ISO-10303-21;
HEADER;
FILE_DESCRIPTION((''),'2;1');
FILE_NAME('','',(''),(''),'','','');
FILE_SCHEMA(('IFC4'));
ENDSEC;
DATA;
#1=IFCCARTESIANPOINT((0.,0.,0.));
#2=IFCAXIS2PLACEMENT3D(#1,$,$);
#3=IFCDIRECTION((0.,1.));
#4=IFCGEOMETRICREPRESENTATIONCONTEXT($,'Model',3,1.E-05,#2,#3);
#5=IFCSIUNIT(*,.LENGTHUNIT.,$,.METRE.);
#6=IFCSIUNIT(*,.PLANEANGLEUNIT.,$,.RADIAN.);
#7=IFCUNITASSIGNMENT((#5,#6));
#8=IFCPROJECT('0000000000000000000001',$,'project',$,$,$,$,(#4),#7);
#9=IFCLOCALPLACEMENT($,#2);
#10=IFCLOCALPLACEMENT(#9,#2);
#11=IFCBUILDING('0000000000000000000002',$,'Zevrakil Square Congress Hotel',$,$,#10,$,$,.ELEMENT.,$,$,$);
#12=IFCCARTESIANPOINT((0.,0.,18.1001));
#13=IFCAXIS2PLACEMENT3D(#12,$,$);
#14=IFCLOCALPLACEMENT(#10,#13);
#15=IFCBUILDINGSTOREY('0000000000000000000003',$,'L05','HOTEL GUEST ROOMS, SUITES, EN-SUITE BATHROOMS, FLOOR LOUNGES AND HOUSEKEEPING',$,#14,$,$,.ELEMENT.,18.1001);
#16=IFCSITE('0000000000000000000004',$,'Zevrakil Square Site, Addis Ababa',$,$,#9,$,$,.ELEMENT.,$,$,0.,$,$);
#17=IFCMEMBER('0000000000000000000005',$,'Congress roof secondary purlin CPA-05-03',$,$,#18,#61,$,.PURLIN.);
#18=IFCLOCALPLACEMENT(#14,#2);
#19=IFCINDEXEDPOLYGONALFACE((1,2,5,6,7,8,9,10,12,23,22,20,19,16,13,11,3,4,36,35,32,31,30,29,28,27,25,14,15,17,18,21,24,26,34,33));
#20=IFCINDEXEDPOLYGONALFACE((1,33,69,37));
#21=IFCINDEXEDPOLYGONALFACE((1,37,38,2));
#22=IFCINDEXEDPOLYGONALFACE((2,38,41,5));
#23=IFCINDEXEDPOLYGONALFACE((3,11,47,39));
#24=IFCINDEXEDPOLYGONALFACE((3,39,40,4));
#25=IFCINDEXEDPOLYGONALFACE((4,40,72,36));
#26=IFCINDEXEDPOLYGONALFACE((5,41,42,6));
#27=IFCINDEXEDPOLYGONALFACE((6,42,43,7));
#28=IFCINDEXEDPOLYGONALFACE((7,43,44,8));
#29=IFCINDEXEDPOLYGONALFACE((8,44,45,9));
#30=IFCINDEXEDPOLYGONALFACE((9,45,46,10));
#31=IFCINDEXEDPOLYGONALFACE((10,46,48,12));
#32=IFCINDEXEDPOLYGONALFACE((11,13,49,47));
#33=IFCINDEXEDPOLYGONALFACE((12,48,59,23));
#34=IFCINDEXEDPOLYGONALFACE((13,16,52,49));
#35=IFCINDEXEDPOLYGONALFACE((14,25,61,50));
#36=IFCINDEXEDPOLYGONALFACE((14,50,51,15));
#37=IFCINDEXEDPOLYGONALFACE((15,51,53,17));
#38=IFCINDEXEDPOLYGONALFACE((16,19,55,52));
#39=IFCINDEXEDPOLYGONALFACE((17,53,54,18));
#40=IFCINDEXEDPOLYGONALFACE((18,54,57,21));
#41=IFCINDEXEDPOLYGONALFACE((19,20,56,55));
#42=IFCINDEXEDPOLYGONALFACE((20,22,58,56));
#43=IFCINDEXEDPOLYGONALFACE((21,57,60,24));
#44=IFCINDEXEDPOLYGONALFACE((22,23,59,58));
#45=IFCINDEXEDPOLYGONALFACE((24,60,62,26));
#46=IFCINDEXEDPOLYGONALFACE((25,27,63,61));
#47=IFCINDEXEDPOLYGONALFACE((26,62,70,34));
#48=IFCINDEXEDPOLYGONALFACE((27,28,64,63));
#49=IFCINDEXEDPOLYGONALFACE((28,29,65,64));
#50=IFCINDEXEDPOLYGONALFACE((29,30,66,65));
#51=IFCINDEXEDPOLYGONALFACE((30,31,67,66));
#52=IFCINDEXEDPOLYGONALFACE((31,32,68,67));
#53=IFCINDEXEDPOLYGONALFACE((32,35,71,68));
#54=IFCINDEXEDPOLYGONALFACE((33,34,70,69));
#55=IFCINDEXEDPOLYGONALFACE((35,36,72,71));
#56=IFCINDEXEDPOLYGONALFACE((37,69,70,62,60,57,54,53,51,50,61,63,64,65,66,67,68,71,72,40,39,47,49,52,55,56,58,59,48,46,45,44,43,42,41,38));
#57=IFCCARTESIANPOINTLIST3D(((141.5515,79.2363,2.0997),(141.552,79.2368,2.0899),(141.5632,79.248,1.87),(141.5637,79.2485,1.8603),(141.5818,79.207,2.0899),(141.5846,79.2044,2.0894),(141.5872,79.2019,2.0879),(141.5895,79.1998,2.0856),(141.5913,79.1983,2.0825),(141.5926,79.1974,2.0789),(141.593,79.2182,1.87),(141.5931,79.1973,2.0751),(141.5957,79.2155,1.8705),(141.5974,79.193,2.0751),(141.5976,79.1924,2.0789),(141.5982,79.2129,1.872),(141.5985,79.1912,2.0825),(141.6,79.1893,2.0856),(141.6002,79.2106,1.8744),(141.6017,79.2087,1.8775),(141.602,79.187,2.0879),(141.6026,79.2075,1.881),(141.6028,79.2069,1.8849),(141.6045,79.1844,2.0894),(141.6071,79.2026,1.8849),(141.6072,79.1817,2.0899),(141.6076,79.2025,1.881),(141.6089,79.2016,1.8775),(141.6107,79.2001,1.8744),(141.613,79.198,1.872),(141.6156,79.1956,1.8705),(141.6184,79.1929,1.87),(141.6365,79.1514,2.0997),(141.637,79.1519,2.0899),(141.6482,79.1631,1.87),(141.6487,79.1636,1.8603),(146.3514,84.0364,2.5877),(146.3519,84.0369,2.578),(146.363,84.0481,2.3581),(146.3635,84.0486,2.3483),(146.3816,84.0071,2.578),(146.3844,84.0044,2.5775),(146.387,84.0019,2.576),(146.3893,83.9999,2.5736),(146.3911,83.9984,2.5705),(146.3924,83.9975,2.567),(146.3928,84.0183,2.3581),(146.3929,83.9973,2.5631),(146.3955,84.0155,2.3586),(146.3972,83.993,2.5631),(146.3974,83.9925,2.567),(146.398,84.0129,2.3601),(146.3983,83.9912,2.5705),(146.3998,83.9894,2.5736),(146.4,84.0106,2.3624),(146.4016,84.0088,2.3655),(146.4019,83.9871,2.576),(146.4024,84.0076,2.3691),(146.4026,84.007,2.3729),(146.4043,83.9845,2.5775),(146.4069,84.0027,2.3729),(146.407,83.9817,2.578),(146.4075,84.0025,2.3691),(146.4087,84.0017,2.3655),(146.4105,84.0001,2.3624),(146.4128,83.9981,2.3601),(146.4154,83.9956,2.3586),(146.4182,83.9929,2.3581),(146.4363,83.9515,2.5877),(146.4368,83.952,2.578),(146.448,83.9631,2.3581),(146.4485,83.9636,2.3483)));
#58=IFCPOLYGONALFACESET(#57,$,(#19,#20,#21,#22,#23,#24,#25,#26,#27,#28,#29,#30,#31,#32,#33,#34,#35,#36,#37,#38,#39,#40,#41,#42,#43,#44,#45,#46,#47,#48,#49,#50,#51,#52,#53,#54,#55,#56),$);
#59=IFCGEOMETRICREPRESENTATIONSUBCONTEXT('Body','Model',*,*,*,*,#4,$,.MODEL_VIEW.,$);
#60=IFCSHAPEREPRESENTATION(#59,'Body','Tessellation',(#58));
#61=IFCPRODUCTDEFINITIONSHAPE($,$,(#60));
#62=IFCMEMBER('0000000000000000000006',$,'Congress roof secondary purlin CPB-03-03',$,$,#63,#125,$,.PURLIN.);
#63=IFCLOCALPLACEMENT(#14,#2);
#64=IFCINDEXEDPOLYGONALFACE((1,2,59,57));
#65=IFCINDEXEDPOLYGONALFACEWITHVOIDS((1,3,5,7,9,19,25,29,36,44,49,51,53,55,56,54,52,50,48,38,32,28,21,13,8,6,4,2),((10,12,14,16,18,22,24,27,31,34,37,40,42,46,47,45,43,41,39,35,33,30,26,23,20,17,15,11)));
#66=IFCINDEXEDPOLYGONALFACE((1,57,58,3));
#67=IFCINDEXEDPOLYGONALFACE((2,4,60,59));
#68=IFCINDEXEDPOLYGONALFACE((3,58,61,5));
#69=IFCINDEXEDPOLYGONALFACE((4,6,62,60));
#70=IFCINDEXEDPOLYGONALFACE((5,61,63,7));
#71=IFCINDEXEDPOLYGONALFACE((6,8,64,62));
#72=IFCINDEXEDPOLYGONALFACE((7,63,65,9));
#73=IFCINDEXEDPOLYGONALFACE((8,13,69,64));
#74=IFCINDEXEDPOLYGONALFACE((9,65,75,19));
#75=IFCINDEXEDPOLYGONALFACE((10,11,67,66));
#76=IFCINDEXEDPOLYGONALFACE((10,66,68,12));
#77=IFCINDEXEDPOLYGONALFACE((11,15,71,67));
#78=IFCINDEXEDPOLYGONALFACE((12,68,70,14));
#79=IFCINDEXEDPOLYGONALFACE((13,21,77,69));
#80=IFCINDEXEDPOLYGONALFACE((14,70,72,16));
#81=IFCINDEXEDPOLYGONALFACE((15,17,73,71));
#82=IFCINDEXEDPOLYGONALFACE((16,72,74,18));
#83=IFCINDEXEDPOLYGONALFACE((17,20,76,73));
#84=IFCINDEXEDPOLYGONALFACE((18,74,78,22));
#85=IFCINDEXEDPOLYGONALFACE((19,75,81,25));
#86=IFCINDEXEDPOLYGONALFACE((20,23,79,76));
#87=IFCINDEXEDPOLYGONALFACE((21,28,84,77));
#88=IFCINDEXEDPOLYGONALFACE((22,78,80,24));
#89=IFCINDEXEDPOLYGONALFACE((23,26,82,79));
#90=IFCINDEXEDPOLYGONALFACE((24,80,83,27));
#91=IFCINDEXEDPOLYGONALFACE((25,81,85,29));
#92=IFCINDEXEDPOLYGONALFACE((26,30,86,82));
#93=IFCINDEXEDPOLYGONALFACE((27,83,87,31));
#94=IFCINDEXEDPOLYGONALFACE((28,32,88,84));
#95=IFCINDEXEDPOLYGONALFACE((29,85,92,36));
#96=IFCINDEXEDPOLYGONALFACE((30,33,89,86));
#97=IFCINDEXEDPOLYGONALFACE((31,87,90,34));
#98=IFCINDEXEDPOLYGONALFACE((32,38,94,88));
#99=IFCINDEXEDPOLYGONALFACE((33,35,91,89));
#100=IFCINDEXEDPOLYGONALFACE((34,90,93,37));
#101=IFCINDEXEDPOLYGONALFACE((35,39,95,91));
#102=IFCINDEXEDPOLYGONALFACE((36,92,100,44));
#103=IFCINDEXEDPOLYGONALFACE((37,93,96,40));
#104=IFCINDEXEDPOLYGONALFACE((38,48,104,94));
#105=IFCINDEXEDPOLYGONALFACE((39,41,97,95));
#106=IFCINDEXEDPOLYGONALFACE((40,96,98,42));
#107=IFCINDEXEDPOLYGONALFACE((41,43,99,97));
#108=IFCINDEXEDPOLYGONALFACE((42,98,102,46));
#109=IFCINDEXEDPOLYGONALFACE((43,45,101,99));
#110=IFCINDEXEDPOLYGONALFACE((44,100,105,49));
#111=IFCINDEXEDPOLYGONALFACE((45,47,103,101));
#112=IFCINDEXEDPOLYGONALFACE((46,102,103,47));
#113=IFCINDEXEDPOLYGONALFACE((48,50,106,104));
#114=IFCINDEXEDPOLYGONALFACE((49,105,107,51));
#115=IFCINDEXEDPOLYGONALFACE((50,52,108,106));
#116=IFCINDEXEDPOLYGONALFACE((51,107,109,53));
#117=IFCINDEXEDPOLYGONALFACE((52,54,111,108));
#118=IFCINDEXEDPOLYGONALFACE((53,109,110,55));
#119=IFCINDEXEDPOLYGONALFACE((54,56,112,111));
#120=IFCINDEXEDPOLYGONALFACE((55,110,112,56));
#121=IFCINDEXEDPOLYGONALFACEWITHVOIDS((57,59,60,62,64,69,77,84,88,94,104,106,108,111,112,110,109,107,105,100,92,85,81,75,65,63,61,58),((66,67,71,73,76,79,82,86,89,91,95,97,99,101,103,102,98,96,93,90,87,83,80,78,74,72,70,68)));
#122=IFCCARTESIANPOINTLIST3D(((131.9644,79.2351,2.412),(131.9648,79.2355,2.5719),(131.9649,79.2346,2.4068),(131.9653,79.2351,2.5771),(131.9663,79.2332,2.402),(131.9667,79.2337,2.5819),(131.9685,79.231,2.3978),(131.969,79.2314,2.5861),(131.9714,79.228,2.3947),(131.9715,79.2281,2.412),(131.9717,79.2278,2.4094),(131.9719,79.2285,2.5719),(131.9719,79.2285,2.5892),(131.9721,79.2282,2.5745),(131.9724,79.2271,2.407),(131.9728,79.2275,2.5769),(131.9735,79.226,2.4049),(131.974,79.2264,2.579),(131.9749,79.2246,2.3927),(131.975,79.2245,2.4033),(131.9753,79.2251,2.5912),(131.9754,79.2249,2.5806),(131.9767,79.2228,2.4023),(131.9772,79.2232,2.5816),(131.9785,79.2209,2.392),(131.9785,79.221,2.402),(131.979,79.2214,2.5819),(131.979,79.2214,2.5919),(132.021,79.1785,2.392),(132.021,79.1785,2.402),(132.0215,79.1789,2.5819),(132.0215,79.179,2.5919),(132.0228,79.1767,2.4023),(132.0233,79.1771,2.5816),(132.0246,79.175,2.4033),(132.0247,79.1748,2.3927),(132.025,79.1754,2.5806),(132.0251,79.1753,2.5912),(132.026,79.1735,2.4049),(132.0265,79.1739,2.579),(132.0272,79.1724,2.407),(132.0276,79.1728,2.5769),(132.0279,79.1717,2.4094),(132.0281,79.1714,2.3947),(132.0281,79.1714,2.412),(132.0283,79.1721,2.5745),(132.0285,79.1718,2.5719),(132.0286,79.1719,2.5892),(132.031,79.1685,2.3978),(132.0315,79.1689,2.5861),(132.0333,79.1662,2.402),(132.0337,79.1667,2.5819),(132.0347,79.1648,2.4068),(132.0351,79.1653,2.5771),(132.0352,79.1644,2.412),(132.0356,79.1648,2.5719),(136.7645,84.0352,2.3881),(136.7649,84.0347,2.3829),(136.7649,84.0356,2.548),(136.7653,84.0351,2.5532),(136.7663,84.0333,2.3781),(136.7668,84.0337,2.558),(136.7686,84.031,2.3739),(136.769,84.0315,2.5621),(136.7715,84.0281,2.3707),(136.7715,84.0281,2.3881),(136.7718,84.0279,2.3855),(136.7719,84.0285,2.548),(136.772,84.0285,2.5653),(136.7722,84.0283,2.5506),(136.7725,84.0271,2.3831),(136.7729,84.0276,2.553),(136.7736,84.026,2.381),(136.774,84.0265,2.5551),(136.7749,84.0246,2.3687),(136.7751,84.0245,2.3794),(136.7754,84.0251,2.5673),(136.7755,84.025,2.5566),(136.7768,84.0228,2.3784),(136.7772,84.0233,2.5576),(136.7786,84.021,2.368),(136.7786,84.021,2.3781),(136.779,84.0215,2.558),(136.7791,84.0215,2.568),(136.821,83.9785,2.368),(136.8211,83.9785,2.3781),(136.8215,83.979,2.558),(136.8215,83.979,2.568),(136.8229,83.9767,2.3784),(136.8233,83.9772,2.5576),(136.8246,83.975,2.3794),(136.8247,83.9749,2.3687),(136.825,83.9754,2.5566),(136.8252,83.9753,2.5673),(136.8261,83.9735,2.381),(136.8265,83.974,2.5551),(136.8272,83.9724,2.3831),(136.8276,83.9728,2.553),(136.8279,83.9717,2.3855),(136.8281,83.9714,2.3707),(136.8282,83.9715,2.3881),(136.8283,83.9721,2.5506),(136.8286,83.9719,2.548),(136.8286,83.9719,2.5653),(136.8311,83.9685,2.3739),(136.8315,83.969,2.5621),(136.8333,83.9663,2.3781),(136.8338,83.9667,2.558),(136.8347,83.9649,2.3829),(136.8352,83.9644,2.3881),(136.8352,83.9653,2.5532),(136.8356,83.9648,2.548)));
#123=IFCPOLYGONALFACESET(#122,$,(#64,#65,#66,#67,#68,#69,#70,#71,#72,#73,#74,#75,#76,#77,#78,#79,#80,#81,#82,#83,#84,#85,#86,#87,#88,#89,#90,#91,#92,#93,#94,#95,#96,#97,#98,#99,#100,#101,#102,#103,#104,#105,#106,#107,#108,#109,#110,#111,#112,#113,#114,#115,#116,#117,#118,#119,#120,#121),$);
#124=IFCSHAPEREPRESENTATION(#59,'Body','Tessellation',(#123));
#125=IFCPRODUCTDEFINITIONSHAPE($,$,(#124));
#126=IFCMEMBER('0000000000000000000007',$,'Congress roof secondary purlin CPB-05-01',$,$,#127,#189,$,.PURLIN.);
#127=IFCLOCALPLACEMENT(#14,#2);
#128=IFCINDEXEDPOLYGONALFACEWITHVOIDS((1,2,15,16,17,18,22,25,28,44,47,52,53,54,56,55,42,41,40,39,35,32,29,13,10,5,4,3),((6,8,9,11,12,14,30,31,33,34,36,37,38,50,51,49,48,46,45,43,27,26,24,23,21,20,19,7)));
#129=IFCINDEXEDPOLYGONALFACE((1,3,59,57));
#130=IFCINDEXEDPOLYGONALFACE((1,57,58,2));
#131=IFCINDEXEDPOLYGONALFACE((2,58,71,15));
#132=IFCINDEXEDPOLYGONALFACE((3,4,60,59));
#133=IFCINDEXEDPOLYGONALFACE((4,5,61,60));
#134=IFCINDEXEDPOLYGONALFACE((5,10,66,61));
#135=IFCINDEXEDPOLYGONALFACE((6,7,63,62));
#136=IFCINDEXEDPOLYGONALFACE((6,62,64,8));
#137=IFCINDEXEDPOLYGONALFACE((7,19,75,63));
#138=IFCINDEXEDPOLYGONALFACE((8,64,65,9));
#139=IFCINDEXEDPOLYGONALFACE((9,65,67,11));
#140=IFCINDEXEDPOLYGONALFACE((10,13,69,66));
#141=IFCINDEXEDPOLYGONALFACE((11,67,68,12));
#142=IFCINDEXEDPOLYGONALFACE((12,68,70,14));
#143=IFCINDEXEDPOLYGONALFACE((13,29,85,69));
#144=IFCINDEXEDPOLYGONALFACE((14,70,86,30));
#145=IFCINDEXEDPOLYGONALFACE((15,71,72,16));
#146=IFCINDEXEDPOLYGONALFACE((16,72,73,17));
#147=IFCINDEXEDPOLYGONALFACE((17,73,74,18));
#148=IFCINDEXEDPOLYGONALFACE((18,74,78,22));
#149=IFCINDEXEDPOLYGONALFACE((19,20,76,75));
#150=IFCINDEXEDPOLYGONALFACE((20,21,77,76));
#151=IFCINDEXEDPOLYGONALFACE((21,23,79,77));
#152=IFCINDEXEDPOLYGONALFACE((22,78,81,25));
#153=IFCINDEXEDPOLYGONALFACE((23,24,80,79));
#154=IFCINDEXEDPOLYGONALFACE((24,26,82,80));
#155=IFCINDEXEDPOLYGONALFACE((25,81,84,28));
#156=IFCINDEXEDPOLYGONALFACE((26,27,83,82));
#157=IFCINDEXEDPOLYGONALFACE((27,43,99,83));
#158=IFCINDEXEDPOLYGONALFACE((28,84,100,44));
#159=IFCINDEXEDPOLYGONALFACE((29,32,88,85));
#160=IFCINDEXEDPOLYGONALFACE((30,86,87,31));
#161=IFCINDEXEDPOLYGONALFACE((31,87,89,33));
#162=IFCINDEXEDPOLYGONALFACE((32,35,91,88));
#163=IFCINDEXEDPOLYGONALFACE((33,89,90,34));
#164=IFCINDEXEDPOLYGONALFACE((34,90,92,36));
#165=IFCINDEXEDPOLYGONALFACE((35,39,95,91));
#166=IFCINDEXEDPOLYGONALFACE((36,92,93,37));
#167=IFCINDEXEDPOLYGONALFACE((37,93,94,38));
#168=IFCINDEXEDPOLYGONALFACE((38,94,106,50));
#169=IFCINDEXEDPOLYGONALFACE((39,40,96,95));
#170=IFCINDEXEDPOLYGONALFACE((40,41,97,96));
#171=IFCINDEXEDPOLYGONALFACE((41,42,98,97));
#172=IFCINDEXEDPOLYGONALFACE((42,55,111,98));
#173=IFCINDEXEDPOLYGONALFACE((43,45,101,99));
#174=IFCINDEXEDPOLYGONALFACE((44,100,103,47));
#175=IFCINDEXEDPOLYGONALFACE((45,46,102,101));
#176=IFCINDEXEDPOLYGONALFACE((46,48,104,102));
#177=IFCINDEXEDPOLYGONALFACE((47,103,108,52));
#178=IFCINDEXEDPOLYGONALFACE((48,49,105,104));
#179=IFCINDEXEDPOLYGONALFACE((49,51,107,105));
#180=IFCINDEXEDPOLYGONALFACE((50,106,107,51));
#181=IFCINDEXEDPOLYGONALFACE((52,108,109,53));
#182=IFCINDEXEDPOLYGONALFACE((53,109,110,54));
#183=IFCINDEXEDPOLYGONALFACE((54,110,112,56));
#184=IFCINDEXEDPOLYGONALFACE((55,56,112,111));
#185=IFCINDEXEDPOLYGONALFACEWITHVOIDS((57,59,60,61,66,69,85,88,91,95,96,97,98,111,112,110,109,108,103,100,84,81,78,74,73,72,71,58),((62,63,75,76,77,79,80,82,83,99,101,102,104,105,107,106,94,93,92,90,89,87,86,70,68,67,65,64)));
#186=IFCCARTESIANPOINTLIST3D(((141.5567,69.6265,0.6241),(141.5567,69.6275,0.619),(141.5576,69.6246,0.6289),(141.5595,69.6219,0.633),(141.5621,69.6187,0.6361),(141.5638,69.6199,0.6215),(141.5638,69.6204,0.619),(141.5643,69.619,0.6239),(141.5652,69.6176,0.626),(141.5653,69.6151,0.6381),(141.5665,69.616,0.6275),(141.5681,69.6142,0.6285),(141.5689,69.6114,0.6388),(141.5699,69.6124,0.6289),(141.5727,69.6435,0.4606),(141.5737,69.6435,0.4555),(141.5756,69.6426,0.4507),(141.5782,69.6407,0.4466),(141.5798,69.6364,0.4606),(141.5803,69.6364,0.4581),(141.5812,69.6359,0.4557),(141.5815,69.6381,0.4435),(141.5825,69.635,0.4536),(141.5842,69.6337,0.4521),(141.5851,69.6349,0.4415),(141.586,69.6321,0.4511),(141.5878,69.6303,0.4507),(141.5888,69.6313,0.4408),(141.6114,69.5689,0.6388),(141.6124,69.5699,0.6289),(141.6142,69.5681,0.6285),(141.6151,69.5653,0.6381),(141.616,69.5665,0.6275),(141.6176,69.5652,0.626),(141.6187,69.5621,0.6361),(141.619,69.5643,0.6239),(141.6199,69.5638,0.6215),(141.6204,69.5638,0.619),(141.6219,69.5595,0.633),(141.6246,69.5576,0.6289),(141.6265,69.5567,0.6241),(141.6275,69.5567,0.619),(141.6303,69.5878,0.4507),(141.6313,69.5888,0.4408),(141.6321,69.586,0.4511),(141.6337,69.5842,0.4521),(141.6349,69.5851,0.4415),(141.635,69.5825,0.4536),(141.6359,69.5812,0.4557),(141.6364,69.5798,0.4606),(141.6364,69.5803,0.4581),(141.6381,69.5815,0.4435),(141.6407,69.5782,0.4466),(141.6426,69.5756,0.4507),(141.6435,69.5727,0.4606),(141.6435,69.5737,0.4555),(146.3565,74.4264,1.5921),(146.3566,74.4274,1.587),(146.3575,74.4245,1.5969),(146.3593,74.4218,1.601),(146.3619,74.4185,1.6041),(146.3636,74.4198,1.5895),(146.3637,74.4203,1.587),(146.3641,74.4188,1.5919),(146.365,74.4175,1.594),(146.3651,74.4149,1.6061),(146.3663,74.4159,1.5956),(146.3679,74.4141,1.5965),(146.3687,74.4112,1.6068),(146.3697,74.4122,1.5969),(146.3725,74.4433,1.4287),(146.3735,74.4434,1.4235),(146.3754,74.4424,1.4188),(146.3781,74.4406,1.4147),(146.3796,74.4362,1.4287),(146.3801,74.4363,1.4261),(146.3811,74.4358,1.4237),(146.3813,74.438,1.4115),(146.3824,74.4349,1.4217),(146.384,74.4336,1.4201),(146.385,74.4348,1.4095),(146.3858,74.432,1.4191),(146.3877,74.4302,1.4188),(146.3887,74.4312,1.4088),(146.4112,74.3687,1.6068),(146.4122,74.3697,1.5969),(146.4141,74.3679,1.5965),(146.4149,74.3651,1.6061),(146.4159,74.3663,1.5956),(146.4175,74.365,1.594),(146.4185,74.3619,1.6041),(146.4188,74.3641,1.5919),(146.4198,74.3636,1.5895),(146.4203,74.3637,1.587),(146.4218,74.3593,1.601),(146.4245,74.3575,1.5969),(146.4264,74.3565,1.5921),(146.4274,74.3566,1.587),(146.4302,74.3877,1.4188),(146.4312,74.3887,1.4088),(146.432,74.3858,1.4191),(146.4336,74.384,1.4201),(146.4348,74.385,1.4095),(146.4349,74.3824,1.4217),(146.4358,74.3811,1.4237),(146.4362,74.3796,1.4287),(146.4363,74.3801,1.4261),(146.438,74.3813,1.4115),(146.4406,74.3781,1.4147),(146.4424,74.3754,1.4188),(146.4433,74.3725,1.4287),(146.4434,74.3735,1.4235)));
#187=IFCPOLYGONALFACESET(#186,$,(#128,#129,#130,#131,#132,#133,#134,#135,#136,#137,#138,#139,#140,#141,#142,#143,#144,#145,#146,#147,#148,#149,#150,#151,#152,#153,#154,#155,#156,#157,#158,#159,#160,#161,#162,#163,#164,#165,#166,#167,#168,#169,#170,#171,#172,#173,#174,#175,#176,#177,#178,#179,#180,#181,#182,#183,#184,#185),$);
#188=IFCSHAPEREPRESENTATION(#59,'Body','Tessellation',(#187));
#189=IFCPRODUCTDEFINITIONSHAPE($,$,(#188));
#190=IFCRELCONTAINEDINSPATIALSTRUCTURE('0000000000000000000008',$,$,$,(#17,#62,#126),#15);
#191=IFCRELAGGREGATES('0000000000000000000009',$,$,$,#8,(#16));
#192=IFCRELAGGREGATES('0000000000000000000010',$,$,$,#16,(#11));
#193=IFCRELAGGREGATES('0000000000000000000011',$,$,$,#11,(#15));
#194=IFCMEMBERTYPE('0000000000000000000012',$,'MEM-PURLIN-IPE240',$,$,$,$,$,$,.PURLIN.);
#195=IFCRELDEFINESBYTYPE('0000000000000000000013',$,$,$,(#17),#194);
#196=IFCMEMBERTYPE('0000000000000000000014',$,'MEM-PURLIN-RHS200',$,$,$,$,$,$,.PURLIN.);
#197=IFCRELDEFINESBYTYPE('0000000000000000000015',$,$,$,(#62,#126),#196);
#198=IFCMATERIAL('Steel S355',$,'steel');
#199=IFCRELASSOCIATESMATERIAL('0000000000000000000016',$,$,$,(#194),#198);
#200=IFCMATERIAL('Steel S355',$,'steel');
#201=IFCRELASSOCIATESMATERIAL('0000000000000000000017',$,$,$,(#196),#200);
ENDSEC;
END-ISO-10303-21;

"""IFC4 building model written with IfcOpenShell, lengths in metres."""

from ifc_helpers import new_model, si_unit, direction, frame, origin, origin_2d, place, context, subcontext, project, spatial, hollow_rectangle, i_section, extrude, material, material_profile, profile_set, type_object, element, save


model = new_model("IFC4")

# Units and contexts
model_context = context("Model", 3, precision=1e-05, world=origin(), true_north=direction((0.0, 1.0)))
body_context = subcontext(model_context, "Body", "Model", "MODEL_VIEW")
ifc_project = project(units=[si_unit("LENGTHUNIT", "METRE"), si_unit("PLANEANGLEUNIT", "RADIAN")], contexts=[model_context])

# Site, building, storey
site_placement = place(None, origin())
site = spatial("IfcSite", under=ifc_project, at=site_placement, Name="Zevrakil Square Site, Addis Ababa", CompositionType="ELEMENT", RefElevation=0.0)
building_placement = place(site_placement, origin())
building = spatial("IfcBuilding", under=site, at=building_placement, Name="Zevrakil Square Congress Hotel", CompositionType="ELEMENT")
storey_placement = place(building_placement, frame((0.0, 0.0, 18.1001)))
storey = spatial("IfcBuildingStorey", under=building, at=storey_placement, Name="L05", Description="HOTEL GUEST ROOMS, SUITES, EN-SUITE BATHROOMS, FLOOR LOUNGES AND HOUSEKEEPING", CompositionType="ELEMENT", Elevation=18.1001)

# Members
ifc_material_1 = material(Name="Steel S355", Category="steel")
ifc_material_profile_1 = material_profile(ifc_material_1, i_section(OverallWidth=0.1201, OverallDepth=0.24, WebThickness=0.0061, FlangeThickness=0.0098, FilletRadius=0.0149, at=origin_2d()), Name="IPE 240")
ifc_profile_set_1 = profile_set([ifc_material_profile_1], Name="Steel S355")
member_type_1 = type_object("IfcMemberType", Name="MEM-PURLIN-IPE240", PredefinedType="PURLIN", material=ifc_profile_set_1)
member_1_placement = place(storey_placement, frame((141.6001, 79.2, 1.98), z_axis=(0.705268, 0.705304, 0.071711), x_axis=(-0.707125, 0.707089, 0.0)))
element("IfcMember", 1, at=member_1_placement, inside=storey, type_object=member_type_1, Name="Congress roof secondary purlin CPA-05-03", PredefinedType="PURLIN", context=body_context, shape_type="SweptSolid", body=[
    extrude(i_section(OverallWidth=0.1201, OverallDepth=0.24, WebThickness=0.0061, FlangeThickness=0.0098, FilletRadius=0.0149, at=origin_2d()), origin(), (0.0, 0.0, 1.0), 6.8057),
])
ifc_material_2 = material(Name="Steel S355", Category="steel")
ifc_material_profile_2 = material_profile(ifc_material_2, hollow_rectangle(XDim=0.1001, YDim=0.2, WallThickness=0.01, InnerFilletRadius=0.01, OuterFilletRadius=0.02, at=origin_2d()), Name="RHS 200x100x10")
ifc_profile_set_2 = profile_set([ifc_material_profile_2], Name="Steel S355")
member_type_2 = type_object("IfcMemberType", Name="MEM-PURLIN-RHS200", PredefinedType="PURLIN", material=ifc_profile_set_2)
member_2_placement = place(storey_placement, frame((132.0, 79.2, 2.4919), z_axis=(0.707102, 0.707102, -0.003525), x_axis=(-0.707107, 0.707107, 0.0)))
element("IfcMember", 2, at=member_2_placement, inside=storey, type_object=member_type_2, Name="Congress roof secondary purlin CPB-03-03", PredefinedType="PURLIN", context=body_context, shape_type="SweptSolid", body=[
    extrude(hollow_rectangle(XDim=0.1001, YDim=0.2, WallThickness=0.01, InnerFilletRadius=0.01, OuterFilletRadius=0.02, at=origin_2d()), origin(), (0.0, 0.0, 1.0), 6.7883),
])
member_3_placement = place(storey_placement, frame((141.6001, 69.6001, 0.5398), z_axis=(0.700024, 0.700024, 0.14118), x_axis=(-0.707107, 0.707107, 0.0)))
element("IfcMember", 3, at=member_3_placement, inside=storey, type_object=member_type_2, Name="Congress roof secondary purlin CPB-05-01", PredefinedType="PURLIN", context=body_context, shape_type="SweptSolid", body=[
    extrude(hollow_rectangle(XDim=0.1001, YDim=0.2, WallThickness=0.01, InnerFilletRadius=0.01, OuterFilletRadius=0.02, at=origin_2d()), origin(), (0.0, 0.0, 1.0), 6.8567),
])

save(model, "model.ifc")
